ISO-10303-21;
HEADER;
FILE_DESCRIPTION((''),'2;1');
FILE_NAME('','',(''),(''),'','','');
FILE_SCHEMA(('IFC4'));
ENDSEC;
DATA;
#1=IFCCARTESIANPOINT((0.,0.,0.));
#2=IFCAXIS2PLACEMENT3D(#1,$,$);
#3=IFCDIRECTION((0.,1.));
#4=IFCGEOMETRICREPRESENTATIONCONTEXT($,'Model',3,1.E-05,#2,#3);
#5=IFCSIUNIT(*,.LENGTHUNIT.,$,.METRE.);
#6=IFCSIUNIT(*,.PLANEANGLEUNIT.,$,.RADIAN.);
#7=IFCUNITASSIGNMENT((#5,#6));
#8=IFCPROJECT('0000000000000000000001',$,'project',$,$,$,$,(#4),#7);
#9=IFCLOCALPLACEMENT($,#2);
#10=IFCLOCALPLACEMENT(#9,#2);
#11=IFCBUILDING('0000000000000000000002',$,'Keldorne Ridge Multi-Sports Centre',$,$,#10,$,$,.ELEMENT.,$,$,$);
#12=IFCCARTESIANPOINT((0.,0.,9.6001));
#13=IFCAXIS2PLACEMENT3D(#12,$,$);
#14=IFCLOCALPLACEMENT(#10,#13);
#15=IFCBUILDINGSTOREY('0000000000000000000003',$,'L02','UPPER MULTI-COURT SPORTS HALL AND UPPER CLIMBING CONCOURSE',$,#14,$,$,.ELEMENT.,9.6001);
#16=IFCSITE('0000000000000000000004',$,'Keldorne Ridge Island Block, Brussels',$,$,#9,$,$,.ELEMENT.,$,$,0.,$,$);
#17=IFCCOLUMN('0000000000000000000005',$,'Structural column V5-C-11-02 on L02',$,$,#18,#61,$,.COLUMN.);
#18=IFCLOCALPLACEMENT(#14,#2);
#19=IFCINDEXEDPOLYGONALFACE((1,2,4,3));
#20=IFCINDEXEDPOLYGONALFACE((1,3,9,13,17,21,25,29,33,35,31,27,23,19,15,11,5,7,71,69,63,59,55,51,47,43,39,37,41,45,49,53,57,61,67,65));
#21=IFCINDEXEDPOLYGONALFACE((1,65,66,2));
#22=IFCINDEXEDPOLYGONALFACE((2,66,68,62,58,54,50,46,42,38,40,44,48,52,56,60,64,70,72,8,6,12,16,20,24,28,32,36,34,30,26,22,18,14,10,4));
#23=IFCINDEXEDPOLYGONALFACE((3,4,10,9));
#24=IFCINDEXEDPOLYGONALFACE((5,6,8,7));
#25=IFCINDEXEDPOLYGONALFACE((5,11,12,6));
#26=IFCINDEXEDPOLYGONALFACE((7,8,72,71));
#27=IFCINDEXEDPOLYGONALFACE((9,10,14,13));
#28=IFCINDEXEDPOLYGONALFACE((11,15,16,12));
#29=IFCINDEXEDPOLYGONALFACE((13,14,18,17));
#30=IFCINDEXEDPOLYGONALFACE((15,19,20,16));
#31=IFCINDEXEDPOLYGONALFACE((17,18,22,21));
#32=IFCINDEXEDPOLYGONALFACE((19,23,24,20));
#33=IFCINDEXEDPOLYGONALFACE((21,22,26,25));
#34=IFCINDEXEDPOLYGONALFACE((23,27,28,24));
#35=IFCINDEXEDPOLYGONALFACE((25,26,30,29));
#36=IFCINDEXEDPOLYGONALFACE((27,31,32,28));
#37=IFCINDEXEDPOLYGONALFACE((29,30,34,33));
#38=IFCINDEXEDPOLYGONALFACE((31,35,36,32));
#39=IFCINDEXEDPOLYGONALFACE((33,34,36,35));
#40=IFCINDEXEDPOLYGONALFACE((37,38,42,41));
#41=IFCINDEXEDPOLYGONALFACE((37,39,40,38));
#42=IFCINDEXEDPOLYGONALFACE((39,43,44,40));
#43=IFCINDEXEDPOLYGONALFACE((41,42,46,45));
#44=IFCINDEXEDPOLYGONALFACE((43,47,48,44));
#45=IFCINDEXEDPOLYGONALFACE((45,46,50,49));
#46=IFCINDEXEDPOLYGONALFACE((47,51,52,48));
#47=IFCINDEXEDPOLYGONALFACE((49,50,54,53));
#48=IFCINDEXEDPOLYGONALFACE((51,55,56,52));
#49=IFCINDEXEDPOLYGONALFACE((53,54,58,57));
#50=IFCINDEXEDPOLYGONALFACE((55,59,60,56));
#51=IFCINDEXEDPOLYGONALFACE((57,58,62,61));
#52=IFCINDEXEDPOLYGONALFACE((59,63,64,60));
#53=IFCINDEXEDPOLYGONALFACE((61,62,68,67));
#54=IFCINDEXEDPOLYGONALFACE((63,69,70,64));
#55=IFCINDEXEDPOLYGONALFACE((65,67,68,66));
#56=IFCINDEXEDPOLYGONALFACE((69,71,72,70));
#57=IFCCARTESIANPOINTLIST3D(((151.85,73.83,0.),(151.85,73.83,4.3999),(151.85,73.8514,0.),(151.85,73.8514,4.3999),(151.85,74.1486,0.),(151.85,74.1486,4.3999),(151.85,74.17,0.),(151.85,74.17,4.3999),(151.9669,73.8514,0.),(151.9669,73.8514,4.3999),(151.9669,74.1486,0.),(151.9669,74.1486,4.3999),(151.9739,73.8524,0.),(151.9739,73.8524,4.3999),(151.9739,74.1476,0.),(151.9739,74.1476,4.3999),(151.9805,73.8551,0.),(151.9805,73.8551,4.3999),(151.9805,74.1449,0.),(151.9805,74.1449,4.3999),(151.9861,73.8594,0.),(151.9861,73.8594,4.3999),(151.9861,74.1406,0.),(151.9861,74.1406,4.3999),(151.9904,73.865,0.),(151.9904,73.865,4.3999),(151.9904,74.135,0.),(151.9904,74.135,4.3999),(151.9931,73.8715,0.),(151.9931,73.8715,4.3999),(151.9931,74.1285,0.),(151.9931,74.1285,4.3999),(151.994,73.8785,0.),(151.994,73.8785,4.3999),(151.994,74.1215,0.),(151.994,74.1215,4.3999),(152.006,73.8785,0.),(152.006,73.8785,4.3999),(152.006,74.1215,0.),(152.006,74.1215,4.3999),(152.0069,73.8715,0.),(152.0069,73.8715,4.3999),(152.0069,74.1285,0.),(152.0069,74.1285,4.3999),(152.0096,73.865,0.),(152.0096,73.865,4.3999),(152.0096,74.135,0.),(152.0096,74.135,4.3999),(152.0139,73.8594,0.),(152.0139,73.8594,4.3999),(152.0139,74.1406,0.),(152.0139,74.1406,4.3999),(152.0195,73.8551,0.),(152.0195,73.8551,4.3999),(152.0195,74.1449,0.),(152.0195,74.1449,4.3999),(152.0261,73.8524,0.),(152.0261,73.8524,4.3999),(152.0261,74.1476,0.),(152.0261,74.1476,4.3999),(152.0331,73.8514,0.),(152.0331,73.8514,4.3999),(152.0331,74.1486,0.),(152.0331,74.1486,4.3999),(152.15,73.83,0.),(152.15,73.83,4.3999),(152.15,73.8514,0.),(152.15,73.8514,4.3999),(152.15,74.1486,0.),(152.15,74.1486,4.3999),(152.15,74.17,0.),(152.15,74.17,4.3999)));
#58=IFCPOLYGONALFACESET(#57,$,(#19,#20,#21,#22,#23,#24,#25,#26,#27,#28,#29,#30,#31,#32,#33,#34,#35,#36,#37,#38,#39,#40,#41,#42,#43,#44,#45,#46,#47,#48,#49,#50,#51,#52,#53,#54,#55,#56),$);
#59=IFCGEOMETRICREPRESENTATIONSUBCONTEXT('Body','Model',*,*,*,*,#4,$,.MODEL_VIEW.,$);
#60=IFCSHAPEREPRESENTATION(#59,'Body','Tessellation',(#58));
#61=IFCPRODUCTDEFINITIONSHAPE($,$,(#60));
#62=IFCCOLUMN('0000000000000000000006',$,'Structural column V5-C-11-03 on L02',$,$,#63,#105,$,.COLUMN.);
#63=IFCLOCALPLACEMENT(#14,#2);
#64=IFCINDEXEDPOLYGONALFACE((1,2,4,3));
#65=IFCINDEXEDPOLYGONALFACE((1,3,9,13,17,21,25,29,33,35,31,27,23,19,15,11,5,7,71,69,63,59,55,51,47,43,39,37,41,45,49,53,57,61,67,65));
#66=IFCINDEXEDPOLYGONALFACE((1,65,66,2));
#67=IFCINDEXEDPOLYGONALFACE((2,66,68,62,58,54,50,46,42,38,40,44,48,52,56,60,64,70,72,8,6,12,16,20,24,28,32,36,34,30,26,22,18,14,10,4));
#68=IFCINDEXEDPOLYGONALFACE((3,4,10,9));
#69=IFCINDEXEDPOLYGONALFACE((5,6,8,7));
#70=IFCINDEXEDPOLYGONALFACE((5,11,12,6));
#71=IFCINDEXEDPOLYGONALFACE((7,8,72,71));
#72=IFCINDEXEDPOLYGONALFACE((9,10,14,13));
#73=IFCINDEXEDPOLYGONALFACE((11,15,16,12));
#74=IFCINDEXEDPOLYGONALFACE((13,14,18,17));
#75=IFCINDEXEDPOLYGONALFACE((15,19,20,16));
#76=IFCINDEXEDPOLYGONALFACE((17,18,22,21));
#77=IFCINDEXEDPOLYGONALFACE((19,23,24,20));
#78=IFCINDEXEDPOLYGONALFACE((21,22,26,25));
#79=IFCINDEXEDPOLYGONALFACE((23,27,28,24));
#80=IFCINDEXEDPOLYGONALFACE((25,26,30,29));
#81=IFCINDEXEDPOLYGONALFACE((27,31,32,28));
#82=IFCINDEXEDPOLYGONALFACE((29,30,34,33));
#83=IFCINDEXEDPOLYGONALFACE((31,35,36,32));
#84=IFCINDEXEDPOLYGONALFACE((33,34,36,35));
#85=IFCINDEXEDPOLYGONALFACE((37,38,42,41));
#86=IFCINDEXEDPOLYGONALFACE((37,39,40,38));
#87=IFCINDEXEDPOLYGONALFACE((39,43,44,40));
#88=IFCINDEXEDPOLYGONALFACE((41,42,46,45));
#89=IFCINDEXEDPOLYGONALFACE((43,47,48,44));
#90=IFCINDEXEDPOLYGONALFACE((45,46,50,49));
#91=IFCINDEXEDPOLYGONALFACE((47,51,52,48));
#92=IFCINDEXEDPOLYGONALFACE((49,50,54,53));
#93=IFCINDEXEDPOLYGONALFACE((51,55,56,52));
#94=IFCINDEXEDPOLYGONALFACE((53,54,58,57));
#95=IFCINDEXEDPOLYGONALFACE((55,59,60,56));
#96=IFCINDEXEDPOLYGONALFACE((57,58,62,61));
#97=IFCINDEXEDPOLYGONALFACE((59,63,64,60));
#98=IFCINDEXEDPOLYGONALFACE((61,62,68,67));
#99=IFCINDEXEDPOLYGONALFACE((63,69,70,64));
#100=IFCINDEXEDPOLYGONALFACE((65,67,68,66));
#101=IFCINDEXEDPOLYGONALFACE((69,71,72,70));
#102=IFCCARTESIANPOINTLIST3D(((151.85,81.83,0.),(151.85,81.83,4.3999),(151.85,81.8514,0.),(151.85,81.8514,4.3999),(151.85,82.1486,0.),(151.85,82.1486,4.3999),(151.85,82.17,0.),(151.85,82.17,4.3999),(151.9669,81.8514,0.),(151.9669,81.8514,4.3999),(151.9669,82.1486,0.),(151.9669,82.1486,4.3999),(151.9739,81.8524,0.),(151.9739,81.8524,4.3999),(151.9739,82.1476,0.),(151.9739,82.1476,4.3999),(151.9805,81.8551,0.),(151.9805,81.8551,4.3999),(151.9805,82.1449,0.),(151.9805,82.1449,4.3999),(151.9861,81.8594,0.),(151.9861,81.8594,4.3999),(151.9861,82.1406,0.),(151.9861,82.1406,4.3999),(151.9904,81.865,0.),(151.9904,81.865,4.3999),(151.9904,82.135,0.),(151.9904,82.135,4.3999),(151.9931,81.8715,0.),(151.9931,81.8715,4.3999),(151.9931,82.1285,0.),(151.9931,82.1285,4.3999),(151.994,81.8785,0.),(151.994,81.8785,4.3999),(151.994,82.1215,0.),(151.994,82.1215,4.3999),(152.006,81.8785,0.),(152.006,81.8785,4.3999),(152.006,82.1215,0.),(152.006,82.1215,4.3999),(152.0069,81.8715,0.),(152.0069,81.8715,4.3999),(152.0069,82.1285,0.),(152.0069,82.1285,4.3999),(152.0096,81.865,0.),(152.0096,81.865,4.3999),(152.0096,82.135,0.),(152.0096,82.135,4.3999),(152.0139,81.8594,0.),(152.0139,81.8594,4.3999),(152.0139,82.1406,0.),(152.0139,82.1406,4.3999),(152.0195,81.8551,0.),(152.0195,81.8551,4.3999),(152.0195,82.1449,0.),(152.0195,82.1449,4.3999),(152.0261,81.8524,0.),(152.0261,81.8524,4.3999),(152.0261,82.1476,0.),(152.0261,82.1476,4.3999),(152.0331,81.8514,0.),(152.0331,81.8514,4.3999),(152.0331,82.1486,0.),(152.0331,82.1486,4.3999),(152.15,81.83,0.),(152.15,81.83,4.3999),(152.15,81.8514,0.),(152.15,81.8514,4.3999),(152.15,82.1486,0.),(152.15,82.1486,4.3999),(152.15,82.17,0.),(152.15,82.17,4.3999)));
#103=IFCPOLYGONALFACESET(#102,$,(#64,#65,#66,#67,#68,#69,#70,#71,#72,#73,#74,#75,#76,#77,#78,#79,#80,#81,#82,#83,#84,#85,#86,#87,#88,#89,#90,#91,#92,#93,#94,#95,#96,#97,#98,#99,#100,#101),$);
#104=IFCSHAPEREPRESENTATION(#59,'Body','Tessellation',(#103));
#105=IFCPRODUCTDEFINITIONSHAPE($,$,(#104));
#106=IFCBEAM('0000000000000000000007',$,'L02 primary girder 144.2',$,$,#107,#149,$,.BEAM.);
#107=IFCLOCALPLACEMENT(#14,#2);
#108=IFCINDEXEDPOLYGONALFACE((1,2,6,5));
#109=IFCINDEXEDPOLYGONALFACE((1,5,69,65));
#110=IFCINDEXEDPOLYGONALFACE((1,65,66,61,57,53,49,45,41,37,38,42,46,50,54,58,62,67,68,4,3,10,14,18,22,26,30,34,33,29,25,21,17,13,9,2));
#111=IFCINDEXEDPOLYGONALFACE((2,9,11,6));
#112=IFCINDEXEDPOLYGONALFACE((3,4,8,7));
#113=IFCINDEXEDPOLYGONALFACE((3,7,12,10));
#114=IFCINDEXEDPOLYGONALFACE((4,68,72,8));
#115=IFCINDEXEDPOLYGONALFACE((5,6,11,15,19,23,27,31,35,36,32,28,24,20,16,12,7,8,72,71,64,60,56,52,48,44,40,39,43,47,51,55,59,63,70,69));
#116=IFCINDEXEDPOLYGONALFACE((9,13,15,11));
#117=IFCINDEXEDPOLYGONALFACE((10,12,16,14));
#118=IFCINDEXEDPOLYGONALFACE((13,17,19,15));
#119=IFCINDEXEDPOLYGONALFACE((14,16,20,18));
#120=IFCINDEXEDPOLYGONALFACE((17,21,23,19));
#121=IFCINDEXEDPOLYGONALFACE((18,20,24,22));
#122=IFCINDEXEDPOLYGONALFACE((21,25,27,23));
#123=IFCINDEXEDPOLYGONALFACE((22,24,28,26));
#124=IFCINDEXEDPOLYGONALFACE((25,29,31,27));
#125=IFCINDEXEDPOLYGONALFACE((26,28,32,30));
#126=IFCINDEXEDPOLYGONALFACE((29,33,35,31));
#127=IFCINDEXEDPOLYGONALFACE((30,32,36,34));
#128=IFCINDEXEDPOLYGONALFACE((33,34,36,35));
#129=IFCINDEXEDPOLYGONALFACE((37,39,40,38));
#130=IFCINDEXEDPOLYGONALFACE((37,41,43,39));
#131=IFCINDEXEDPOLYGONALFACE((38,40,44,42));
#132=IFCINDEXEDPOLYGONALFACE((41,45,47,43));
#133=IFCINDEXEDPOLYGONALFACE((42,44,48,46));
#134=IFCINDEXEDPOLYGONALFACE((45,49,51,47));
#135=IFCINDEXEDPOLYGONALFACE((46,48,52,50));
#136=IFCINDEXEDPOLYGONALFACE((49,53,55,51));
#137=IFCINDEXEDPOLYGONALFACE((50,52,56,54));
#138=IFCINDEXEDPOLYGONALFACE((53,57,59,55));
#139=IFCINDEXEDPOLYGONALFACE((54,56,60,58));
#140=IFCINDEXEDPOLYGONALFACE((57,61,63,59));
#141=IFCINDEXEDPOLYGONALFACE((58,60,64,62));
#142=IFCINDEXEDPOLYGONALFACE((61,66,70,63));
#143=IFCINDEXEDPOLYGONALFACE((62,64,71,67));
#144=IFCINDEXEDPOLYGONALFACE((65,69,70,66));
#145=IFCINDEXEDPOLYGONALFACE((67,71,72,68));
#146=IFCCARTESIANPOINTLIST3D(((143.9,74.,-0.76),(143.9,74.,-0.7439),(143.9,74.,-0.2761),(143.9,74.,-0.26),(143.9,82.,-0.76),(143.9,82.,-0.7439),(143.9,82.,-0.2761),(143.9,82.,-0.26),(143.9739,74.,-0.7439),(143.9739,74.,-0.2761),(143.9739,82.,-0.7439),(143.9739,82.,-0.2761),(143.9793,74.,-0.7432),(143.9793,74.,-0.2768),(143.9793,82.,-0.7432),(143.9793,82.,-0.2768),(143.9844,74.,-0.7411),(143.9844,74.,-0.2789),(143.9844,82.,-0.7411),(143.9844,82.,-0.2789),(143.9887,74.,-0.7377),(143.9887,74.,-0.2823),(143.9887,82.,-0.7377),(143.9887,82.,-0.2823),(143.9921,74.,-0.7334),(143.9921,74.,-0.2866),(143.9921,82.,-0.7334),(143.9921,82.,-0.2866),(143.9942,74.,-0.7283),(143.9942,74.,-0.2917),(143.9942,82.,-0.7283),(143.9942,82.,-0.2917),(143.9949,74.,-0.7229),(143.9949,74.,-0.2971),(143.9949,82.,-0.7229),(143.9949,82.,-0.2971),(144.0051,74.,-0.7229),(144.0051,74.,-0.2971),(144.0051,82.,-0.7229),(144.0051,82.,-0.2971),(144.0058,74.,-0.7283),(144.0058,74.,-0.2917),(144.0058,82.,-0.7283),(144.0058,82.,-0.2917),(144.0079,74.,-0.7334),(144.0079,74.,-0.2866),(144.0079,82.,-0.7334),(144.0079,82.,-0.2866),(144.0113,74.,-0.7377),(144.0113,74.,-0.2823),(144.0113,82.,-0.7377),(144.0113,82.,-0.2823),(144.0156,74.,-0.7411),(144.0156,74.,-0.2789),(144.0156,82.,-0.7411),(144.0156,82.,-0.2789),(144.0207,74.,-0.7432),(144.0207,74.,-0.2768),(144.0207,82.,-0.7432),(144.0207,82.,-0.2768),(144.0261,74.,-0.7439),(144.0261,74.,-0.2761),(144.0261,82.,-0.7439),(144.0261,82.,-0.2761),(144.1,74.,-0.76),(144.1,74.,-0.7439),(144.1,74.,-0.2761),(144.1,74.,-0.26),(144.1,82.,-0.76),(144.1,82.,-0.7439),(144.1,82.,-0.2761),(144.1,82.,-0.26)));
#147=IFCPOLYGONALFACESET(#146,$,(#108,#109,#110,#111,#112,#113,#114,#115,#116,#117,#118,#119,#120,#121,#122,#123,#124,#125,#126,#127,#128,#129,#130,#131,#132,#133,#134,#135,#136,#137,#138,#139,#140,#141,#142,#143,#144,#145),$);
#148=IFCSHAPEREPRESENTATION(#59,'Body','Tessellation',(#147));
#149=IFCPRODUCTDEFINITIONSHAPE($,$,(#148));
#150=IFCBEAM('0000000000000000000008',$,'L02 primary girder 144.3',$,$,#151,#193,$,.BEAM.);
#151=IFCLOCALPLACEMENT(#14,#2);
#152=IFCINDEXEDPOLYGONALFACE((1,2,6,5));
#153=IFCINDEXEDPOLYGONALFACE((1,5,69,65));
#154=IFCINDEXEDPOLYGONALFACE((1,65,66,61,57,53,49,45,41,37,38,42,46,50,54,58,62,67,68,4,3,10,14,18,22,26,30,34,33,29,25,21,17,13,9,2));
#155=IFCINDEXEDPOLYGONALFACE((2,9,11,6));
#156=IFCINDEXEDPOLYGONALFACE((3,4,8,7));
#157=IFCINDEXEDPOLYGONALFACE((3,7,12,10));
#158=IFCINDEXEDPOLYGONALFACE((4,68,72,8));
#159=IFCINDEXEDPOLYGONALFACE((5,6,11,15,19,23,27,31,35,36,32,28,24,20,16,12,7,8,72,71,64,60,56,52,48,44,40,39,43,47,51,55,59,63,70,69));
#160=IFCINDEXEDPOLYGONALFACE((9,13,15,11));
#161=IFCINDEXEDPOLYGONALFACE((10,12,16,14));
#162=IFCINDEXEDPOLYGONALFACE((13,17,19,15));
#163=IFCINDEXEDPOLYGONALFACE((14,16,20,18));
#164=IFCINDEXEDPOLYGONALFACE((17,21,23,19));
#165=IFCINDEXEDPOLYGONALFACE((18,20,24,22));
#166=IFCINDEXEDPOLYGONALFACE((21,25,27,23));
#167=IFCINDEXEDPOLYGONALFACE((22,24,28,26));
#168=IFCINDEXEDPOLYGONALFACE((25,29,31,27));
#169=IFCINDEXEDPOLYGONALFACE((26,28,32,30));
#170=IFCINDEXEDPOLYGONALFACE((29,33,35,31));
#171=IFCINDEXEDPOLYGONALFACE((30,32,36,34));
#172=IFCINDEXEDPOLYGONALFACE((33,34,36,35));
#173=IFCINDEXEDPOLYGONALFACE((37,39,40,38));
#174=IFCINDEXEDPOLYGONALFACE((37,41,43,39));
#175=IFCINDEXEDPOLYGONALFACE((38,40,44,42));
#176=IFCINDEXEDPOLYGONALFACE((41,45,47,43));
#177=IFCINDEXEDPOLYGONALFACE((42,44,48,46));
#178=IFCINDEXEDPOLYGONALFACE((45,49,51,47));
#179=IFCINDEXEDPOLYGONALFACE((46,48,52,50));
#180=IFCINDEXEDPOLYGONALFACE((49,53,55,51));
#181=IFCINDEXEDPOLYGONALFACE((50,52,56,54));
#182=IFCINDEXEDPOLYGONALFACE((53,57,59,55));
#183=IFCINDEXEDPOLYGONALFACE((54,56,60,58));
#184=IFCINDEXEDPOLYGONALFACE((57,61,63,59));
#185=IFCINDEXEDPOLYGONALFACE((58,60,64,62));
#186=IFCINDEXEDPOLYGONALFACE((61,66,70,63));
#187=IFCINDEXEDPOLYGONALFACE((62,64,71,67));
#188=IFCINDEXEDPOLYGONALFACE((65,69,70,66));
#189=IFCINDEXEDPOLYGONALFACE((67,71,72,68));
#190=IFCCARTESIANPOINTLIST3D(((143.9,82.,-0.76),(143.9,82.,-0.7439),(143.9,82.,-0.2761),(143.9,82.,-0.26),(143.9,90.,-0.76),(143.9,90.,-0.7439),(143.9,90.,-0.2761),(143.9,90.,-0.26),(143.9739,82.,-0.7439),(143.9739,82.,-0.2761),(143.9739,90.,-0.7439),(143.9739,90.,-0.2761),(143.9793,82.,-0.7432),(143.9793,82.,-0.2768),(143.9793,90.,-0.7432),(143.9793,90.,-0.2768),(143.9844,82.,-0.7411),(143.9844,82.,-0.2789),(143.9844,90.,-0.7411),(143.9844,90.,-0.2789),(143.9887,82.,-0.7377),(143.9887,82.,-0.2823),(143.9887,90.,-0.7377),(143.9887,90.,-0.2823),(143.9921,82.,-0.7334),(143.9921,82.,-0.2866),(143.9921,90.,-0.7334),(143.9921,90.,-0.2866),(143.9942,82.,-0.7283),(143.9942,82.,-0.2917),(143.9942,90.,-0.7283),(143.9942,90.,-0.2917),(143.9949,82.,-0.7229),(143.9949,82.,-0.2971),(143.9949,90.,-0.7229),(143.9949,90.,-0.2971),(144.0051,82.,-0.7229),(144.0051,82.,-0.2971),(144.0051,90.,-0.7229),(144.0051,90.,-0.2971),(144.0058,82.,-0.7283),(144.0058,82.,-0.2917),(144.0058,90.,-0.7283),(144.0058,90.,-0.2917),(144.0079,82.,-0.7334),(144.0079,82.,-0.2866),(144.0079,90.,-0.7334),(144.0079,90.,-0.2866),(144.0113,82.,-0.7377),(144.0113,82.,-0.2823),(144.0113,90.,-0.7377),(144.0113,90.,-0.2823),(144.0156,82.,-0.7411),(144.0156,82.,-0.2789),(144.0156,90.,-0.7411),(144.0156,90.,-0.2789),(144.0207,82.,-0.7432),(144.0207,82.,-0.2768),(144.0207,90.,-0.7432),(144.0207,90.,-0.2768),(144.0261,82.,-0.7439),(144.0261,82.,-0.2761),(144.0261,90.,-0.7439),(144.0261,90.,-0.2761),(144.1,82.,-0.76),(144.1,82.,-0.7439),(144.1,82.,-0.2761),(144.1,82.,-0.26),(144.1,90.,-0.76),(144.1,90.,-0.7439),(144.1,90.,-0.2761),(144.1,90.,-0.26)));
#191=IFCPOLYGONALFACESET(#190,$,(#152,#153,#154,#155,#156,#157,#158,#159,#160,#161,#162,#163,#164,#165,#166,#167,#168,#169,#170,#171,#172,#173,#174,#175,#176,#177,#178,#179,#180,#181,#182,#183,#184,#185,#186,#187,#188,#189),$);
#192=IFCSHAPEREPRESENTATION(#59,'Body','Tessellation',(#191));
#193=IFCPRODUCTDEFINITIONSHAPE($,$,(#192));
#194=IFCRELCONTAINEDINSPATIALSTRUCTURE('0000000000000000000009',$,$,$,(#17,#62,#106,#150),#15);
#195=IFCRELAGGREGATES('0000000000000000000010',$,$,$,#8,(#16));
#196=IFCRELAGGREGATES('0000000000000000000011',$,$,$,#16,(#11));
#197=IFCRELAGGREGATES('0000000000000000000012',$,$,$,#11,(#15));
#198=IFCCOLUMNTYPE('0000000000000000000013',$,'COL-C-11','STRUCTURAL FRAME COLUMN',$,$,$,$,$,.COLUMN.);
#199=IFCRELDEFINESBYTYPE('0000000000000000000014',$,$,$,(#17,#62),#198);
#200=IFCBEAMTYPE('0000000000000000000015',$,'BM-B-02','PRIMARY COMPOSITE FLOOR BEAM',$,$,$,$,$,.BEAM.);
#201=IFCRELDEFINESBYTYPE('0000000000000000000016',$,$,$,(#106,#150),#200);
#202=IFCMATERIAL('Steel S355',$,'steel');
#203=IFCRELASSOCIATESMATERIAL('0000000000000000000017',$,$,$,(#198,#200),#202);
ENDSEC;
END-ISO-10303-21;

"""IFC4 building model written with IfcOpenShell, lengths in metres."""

from ifc_helpers import new_model, si_unit, direction, frame, origin, origin_2d, place, context, subcontext, project, spatial, i_section, extrude, material, material_profile, profile_set, type_object, element, save


model = new_model("IFC4")

# Units and contexts
model_context = context("Model", 3, precision=1e-05, world=origin(), true_north=direction((0.0, 1.0)))
body_context = subcontext(model_context, "Body", "Model", "MODEL_VIEW")
ifc_project = project(units=[si_unit("LENGTHUNIT", "METRE"), si_unit("PLANEANGLEUNIT", "RADIAN")], contexts=[model_context])

# Site, building, storey
site_placement = place(None, origin())
site = spatial("IfcSite", under=ifc_project, at=site_placement, Name="Keldorne Ridge Island Block, Brussels", CompositionType="ELEMENT", RefElevation=0.0)
building_placement = place(site_placement, origin())
building = spatial("IfcBuilding", under=site, at=building_placement, Name="Keldorne Ridge Multi-Sports Centre", CompositionType="ELEMENT")
storey_placement = place(building_placement, frame((0.0, 0.0, 9.6001)))
storey = spatial("IfcBuildingStorey", under=building, at=storey_placement, Name="L02", Description="UPPER MULTI-COURT SPORTS HALL AND UPPER CLIMBING CONCOURSE", CompositionType="ELEMENT", Elevation=9.6001)

# Columns
ifc_material_1 = material(Name="Steel S355", Category="steel")
ifc_material_profile_1 = material_profile(ifc_material_1, i_section(OverallWidth=0.3, OverallDepth=0.3401, WebThickness=0.012, FlangeThickness=0.0215, FilletRadius=0.0271, at=origin_2d()), Name="HEB 340")
ifc_profile_set_1 = profile_set([ifc_material_profile_1], Name="Steel S355")
column_type = type_object("IfcColumnType", Name="COL-C-11", Description="STRUCTURAL FRAME COLUMN", PredefinedType="COLUMN", material=ifc_profile_set_1)
for number, where, z_axis, x_axis, name in (
    (1, (152.0, 74.0, 0.0), (0.0, 0.0, 1.0), (1.0, 0.0, 0.0), "Structural column V5-C-11-02 on L02"),
    (2, (152.0, 82.0, 0.0), (0.0, 0.0, 1.0), (1.0, 0.0, 0.0), "Structural column V5-C-11-03 on L02"),
):
    element("IfcColumn", number, at=place(storey_placement, frame(where, z_axis=z_axis, x_axis=x_axis)), inside=storey, type_object=column_type, Name=name, PredefinedType="COLUMN", context=body_context, shape_type="SweptSolid", body=[
        extrude(i_section(OverallWidth=0.3, OverallDepth=0.3401, WebThickness=0.012, FlangeThickness=0.0215, FilletRadius=0.0271, at=origin_2d()), origin(), (0.0, 0.0, 1.0), 4.3999),
    ])

# Beams
ifc_material_profile_2 = material_profile(ifc_material_1, i_section(OverallWidth=0.2, OverallDepth=0.5, WebThickness=0.0103, FlangeThickness=0.0161, FilletRadius=0.021, at=origin_2d()), Name="IPE 500")
ifc_profile_set_2 = profile_set([ifc_material_profile_2], Name="Steel S355")
beam_type_1 = type_object("IfcBeamType", Name="BM-B-02", Description="PRIMARY COMPOSITE FLOOR BEAM", PredefinedType="BEAM", material=ifc_profile_set_2)
for number, where, z_axis, x_axis, name in (
    (3, (144.0, 74.0, -0.51), (0.0, 1.0, 0.0), (-1.0, 0.0, 0.0), "L02 primary girder 144.2"),
    (4, (144.0, 82.0, -0.51), (0.0, 1.0, 0.0), (-1.0, 0.0, 0.0), "L02 primary girder 144.3"),
):
    element("IfcBeam", number, at=place(storey_placement, frame(where, z_axis=z_axis, x_axis=x_axis)), inside=storey, type_object=beam_type_1, Name=name, PredefinedType="BEAM", context=body_context, shape_type="SweptSolid", body=[
        extrude(i_section(OverallWidth=0.2, OverallDepth=0.5, WebThickness=0.0103, FlangeThickness=0.0161, FilletRadius=0.021, at=origin_2d()), origin(), (0.0, 0.0, 1.0), 8.0),
    ])

save(model, "model.ifc")
